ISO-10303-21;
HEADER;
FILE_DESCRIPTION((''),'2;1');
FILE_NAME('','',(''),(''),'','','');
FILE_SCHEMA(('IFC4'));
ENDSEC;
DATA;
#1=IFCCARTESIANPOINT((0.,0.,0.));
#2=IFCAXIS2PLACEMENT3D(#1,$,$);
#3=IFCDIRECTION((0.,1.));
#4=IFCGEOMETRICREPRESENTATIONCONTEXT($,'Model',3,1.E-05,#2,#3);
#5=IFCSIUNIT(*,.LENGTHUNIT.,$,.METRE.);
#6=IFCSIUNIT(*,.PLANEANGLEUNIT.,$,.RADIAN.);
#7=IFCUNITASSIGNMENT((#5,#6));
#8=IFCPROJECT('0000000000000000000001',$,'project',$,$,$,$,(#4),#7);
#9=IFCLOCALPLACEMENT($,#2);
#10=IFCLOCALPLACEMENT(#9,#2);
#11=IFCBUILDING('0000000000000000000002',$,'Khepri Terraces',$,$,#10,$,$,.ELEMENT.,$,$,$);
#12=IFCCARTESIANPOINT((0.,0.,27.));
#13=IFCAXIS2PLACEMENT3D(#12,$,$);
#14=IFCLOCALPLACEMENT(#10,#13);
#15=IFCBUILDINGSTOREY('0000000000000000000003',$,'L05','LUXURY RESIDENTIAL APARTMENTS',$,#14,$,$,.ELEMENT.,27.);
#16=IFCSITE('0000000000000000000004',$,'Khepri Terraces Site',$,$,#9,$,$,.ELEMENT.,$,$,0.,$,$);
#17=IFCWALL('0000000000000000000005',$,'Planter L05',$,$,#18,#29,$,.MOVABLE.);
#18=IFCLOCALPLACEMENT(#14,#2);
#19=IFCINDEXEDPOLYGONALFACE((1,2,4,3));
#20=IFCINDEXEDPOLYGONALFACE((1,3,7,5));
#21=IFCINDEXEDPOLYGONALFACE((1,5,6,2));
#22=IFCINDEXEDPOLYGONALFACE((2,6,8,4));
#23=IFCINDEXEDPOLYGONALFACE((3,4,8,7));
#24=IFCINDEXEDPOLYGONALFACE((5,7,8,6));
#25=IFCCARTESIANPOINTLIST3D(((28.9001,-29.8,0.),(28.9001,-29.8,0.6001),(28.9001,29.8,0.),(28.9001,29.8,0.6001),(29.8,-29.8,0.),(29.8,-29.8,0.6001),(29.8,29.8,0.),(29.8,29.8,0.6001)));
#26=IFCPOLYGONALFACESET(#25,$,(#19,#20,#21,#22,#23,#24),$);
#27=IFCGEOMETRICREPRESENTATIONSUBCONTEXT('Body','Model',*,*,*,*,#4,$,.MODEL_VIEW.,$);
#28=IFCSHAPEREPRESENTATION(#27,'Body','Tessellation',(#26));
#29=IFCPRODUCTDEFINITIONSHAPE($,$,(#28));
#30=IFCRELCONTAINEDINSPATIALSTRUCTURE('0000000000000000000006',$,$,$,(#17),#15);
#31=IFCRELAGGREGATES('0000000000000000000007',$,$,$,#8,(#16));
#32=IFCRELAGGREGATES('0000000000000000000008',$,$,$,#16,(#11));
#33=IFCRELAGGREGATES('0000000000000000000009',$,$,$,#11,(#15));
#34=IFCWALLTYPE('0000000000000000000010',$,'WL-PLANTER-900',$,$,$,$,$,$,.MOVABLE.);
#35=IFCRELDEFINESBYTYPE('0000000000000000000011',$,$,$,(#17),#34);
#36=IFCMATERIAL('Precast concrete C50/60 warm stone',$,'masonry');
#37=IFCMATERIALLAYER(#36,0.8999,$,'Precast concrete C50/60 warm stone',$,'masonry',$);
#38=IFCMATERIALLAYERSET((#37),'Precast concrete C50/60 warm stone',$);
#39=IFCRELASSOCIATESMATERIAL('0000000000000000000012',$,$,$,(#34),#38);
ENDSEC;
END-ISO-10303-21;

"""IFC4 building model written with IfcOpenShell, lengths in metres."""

from ifc_helpers import new_model, si_unit, direction, frame, frame_2d, origin, place, context, subcontext, project, spatial, rectangle, extrude, material, layer, layer_set, type_object, element, save


model = new_model("IFC4")

# Units and contexts
model_context = context("Model", 3, precision=1e-05, world=origin(), true_north=direction((0.0, 1.0)))
body_context = subcontext(model_context, "Body", "Model", "MODEL_VIEW")
ifc_project = project(units=[si_unit("LENGTHUNIT", "METRE"), si_unit("PLANEANGLEUNIT", "RADIAN")], contexts=[model_context])

# Site, building, storey
site_placement = place(None, origin())
site = spatial("IfcSite", under=ifc_project, at=site_placement, Name="Khepri Terraces Site", CompositionType="ELEMENT", RefElevation=0.0)
building_placement = place(site_placement, origin())
building = spatial("IfcBuilding", under=site, at=building_placement, Name="Khepri Terraces", CompositionType="ELEMENT")
storey_placement = place(building_placement, frame((0.0, 0.0, 27.0)))
storey = spatial("IfcBuildingStorey", under=building, at=storey_placement, Name="L05", Description="LUXURY RESIDENTIAL APARTMENTS", CompositionType="ELEMENT", Elevation=27.0)

# Shared definitions
ifc_material_1 = material(Name="Precast concrete C50/60 warm stone", Category="masonry")

# Wall
ifc_layer_1 = layer(ifc_material_1, 0.8999, Name="Precast concrete C50/60 warm stone", Category="masonry")
ifc_layer_set_1 = layer_set([ifc_layer_1], Name="Precast concrete C50/60 warm stone")
wall_type_1 = type_object("IfcWallType", Name="WL-PLANTER-900", PredefinedType="MOVABLE", material=ifc_layer_set_1)
wall_1_placement = place(storey_placement, frame((29.3501, -29.8, 0.0), z_axis=(0.0, 0.0, 1.0), x_axis=(0.0, 1.0, 0.0)))
element("IfcWall", 1, at=wall_1_placement, inside=storey, type_object=wall_type_1, Name="Planter L05", PredefinedType="MOVABLE", context=body_context, shape_type="SweptSolid", body=[
    extrude(rectangle(XDim=59.6001, YDim=0.8999, at=frame_2d((29.8, 0.0))), origin(), (0.0, 0.0, 1.0), 0.6001),
])

save(model, "model.ifc")
